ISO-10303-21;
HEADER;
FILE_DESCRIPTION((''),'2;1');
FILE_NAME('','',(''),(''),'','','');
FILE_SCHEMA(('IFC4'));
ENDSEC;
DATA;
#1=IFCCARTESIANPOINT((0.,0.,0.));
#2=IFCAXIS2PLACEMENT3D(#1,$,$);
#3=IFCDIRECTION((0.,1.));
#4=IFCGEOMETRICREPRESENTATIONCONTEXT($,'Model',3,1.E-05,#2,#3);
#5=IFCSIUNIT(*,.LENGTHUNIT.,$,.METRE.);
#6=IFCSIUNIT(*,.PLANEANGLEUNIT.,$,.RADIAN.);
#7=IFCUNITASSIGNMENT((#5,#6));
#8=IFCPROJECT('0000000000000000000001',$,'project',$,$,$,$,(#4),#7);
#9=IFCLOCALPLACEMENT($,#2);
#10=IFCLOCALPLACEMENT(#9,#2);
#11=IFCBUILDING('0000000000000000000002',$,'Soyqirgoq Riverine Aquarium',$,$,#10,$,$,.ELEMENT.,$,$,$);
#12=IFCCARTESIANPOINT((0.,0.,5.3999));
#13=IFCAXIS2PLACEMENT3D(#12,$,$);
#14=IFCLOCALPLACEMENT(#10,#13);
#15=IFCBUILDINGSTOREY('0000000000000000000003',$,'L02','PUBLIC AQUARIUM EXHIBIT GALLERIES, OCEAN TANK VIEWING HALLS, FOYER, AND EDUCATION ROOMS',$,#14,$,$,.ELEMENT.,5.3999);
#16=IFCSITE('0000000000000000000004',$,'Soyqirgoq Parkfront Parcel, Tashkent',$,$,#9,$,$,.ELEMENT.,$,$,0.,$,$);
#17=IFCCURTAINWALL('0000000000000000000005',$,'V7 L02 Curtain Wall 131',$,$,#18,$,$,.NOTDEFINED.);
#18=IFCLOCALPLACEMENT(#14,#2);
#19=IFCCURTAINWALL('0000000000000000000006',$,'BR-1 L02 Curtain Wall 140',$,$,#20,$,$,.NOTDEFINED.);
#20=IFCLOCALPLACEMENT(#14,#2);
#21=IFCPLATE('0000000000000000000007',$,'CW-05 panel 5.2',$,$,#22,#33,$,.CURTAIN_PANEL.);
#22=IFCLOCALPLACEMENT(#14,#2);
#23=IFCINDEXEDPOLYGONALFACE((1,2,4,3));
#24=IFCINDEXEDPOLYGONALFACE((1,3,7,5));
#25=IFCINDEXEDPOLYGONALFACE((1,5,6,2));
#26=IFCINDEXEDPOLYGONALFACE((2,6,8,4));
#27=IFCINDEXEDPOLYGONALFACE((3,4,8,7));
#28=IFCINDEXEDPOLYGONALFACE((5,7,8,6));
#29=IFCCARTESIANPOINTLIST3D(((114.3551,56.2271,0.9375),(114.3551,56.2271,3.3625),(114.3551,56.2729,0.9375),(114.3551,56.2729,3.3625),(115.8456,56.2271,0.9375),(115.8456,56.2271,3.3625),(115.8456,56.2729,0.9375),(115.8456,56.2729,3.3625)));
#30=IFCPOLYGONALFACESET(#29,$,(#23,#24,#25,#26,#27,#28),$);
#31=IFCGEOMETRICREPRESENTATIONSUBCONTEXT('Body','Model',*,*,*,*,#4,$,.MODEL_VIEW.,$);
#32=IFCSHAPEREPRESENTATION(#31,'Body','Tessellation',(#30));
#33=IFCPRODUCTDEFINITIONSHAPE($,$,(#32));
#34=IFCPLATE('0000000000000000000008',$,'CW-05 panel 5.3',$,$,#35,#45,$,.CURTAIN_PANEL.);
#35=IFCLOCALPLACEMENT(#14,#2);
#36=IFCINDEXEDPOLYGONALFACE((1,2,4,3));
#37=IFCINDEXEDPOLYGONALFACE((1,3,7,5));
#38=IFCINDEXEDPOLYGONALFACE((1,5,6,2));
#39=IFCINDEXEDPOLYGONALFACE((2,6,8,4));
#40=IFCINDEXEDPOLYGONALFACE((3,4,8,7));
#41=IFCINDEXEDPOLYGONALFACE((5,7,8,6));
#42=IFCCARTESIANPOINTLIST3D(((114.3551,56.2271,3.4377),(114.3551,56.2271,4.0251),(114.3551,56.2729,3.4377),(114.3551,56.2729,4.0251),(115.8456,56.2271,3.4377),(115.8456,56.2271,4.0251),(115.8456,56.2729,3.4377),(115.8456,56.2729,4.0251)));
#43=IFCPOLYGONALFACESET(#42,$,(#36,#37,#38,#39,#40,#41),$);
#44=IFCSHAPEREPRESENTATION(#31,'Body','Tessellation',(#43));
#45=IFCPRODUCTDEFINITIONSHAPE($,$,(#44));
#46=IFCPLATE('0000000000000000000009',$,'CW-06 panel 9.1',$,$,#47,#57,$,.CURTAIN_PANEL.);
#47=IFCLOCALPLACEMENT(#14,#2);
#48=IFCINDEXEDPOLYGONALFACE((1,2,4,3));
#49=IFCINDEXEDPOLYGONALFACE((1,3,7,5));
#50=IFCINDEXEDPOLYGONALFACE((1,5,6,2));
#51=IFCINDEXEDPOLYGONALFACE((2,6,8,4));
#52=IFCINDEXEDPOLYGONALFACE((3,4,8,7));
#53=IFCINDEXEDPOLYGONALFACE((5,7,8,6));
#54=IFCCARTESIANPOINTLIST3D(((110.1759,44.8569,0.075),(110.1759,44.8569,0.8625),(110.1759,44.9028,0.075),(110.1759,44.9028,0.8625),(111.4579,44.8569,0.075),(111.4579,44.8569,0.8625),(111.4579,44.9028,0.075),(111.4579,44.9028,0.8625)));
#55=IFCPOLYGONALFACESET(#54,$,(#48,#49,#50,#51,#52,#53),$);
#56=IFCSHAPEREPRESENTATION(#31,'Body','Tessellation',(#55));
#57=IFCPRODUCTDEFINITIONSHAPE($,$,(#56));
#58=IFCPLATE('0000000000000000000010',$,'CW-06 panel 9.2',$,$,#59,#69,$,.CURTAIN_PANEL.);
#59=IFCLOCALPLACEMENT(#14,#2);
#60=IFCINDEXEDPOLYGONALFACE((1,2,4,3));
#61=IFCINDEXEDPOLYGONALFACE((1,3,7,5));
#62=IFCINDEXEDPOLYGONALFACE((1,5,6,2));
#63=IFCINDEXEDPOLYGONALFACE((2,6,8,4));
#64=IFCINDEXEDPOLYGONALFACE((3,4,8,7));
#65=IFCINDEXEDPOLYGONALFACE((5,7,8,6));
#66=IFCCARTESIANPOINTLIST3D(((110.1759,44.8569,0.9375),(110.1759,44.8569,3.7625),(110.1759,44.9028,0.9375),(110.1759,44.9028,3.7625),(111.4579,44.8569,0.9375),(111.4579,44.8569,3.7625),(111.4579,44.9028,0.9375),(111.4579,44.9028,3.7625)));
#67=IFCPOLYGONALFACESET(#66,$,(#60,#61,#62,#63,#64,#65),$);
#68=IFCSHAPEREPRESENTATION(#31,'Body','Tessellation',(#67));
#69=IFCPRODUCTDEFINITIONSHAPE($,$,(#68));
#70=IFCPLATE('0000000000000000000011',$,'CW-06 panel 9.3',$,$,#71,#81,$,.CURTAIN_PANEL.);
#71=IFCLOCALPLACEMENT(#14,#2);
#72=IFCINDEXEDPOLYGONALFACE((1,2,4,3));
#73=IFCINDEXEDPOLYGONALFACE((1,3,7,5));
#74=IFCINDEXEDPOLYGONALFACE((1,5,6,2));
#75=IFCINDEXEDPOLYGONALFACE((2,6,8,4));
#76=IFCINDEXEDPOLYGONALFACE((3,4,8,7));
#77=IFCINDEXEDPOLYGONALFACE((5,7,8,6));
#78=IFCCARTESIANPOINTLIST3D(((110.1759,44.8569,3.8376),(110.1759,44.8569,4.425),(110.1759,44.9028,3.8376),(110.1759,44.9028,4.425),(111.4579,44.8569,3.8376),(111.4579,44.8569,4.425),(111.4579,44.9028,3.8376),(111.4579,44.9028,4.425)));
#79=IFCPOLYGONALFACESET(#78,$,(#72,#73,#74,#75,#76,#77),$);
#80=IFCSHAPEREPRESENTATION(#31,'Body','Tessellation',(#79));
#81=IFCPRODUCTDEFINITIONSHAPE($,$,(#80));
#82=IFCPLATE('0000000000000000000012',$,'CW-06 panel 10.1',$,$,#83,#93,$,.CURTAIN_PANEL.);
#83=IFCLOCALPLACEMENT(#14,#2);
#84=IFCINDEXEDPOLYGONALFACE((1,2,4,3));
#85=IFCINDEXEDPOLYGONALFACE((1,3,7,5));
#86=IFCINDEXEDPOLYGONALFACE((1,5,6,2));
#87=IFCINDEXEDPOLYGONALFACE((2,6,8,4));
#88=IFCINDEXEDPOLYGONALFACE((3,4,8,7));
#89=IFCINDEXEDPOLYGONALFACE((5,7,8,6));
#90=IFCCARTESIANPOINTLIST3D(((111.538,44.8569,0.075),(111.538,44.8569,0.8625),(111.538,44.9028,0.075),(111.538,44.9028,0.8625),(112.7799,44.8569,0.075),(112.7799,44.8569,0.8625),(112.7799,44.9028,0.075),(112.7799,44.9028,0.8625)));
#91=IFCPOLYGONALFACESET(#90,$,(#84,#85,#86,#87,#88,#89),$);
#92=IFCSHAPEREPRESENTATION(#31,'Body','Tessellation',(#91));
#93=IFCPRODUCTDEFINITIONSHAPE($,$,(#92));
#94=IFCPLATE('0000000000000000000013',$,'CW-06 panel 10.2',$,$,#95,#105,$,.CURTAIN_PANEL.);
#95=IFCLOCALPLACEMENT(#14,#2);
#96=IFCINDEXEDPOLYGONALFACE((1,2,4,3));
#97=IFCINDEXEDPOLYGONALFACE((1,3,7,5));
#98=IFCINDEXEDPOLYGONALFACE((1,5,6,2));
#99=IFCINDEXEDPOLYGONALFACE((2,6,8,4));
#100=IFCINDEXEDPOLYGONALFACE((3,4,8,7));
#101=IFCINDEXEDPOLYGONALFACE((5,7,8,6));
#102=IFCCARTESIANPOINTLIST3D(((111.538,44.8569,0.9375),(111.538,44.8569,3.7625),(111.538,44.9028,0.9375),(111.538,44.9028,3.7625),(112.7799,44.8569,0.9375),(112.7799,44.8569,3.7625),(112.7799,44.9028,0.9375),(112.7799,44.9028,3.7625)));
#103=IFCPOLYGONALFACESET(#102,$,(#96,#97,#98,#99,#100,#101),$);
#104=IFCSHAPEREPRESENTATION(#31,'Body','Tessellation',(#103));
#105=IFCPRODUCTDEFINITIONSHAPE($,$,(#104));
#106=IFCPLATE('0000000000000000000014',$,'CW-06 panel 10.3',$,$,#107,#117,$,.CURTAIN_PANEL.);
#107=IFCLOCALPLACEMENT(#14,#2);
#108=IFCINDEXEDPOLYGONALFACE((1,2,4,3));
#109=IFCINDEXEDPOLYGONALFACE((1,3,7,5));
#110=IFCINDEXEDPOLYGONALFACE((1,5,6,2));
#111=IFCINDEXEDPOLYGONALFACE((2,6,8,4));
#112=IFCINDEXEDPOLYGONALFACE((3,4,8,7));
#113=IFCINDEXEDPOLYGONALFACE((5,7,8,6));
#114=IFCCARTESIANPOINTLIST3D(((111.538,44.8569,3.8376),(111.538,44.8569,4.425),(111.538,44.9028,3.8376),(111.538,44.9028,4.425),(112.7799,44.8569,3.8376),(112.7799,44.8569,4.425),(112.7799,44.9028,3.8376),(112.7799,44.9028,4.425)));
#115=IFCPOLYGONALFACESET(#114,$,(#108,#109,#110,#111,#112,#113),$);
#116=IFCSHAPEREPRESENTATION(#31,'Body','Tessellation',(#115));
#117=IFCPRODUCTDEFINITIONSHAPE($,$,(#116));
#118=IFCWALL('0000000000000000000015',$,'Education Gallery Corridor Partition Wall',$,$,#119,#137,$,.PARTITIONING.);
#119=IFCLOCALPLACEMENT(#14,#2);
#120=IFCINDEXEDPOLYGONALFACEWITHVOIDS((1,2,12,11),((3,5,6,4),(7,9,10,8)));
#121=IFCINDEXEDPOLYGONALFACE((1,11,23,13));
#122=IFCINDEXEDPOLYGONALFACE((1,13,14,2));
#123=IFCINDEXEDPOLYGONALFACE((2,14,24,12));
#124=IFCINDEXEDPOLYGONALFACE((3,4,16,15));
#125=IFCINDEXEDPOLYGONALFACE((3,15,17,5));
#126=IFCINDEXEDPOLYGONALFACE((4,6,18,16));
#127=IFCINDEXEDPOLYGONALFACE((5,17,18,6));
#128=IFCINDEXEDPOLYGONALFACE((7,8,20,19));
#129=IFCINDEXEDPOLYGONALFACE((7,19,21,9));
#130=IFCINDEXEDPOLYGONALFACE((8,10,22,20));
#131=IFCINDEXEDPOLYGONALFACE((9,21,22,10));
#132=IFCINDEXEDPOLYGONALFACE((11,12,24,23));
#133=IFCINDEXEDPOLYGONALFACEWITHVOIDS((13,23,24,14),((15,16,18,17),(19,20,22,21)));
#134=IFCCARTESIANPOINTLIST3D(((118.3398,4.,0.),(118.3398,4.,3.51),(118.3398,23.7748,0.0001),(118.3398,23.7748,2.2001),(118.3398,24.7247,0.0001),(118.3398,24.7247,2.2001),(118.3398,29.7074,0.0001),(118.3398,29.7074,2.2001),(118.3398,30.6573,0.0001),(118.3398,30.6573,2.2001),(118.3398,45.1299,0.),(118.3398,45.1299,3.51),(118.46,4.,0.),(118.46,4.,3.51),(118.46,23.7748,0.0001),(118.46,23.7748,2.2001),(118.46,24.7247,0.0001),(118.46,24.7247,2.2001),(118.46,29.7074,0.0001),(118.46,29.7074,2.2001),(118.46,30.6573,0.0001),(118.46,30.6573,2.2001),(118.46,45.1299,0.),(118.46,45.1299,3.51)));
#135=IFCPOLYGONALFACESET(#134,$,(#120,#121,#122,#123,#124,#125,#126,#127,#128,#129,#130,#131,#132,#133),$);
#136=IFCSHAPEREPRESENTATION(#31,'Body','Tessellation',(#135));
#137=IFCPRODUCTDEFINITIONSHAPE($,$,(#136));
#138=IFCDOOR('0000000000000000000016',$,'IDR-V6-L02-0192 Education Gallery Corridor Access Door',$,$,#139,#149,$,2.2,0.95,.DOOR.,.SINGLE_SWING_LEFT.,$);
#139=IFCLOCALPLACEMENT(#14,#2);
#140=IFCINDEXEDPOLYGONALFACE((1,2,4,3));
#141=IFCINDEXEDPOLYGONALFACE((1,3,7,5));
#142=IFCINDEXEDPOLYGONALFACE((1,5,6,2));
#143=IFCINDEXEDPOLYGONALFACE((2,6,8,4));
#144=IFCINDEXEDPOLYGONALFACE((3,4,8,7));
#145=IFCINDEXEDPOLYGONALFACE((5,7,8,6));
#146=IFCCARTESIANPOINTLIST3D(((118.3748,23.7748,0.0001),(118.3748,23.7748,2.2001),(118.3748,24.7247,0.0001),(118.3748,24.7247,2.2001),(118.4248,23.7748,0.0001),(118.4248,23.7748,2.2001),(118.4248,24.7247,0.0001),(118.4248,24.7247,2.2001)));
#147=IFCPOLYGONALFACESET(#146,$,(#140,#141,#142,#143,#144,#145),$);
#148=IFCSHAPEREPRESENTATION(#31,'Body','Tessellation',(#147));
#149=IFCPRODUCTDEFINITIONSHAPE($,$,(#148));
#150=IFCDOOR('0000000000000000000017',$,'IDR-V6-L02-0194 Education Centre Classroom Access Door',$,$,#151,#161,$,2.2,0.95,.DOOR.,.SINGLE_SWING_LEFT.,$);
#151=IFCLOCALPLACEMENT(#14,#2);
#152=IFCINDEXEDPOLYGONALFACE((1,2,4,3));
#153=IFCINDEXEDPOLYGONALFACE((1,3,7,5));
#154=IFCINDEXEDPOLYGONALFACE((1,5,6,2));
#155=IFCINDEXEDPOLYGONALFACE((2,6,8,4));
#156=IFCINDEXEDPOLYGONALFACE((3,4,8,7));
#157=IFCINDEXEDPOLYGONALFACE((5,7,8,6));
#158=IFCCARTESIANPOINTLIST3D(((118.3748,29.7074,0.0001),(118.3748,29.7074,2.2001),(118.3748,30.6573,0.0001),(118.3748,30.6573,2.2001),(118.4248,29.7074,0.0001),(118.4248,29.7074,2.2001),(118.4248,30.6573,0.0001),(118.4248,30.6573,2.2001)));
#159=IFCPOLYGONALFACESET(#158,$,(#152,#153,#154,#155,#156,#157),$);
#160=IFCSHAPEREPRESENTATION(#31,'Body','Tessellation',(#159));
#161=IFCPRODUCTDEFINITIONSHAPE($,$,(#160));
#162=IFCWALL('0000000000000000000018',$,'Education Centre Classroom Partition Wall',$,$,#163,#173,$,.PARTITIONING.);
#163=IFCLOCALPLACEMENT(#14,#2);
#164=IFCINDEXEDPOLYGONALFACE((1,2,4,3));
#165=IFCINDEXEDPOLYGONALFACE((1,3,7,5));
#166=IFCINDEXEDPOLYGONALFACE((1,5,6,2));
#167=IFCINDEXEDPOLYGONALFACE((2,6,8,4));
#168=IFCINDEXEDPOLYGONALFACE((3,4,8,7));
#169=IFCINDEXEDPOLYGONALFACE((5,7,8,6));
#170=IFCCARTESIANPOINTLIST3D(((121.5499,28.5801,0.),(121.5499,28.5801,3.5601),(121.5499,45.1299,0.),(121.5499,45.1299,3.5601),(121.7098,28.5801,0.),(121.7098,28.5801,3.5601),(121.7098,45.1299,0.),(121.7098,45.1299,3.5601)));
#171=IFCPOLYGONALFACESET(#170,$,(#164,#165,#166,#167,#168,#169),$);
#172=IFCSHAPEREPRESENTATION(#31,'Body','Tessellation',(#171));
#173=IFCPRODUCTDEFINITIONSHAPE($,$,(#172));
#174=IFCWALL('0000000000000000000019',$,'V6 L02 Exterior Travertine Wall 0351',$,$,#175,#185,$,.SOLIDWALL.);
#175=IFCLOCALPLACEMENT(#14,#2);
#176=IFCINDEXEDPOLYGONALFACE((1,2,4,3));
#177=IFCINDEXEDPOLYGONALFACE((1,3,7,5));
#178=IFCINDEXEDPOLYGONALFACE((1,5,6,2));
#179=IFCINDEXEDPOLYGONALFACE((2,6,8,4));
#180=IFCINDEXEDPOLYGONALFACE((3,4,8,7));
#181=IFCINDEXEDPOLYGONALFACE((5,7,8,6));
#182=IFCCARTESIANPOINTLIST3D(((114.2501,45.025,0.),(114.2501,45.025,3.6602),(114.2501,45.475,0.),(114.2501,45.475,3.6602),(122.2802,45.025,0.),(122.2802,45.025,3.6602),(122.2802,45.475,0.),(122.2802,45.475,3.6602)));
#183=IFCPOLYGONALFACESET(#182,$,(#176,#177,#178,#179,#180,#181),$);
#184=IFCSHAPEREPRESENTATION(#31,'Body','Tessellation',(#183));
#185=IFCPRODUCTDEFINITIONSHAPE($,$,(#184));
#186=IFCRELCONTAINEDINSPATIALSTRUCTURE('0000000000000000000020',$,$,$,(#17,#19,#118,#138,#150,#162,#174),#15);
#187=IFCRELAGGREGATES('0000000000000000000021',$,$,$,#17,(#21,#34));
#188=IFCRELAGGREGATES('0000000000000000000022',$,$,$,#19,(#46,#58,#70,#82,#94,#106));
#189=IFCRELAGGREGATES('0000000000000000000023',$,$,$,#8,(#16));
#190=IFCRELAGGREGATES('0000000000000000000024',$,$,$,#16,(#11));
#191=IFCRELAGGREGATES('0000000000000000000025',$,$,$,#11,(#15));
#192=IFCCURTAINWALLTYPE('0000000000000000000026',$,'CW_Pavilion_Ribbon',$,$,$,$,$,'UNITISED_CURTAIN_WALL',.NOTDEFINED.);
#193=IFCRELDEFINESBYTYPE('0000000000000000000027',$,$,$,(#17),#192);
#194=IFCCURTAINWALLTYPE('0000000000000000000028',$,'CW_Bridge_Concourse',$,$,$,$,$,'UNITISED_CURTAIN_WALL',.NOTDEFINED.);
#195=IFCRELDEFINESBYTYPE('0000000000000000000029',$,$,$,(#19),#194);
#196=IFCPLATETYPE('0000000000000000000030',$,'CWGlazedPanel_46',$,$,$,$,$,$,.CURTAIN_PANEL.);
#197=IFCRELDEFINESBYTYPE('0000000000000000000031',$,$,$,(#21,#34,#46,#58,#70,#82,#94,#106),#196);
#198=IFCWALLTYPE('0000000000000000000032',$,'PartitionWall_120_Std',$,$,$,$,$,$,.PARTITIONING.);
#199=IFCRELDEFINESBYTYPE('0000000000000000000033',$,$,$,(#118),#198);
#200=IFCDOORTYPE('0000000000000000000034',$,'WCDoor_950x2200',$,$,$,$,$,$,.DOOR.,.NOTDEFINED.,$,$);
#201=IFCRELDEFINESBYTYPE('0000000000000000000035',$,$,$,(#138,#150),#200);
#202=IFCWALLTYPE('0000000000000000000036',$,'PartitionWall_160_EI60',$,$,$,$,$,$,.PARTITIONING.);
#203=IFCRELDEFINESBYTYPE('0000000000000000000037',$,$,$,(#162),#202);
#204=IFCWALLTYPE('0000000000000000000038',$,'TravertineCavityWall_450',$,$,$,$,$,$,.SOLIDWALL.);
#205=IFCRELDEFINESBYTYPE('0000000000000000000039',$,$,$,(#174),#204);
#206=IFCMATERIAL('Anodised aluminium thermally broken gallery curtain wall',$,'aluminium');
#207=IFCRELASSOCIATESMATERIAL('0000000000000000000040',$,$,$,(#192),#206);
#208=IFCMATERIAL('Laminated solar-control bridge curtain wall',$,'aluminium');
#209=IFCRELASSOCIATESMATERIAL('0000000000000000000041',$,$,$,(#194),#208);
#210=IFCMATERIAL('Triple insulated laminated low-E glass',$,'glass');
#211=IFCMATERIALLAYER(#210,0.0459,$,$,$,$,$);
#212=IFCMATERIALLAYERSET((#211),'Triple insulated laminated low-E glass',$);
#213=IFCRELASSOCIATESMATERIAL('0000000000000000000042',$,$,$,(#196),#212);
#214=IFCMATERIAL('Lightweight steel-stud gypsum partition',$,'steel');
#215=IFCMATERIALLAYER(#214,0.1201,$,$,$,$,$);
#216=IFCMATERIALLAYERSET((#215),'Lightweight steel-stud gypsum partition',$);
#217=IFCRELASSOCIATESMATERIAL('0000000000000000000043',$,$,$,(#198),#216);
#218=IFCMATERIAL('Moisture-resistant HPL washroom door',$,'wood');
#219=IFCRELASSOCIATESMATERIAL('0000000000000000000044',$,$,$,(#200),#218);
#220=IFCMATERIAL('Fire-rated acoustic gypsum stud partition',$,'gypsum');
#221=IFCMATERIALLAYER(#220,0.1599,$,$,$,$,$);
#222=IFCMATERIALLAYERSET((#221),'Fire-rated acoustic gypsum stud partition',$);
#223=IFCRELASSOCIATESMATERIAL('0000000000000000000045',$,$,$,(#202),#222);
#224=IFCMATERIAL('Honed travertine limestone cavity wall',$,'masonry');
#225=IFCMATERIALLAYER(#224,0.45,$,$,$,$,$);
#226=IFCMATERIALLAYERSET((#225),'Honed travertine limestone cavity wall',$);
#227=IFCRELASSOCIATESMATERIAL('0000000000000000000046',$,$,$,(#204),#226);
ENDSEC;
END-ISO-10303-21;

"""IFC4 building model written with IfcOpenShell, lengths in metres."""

from ifc_helpers import new_model, si_unit, direction, frame, frame_2d, origin, origin_2d, place, context, subcontext, project, spatial, rectangle, extrude, material, layer, layer_set, type_object, element, fill, aggregate, save


model = new_model("IFC4")

# Units and contexts
model_context = context("Model", 3, precision=1e-05, world=origin(), true_north=direction((0.0, 1.0)))
body_context = subcontext(model_context, "Body", "Model", "MODEL_VIEW")
ifc_project = project(units=[si_unit("LENGTHUNIT", "METRE"), si_unit("PLANEANGLEUNIT", "RADIAN")], contexts=[model_context])

# Site, building, storey
site_placement = place(None, origin())
site = spatial("IfcSite", under=ifc_project, at=site_placement, Name="Soyqirgoq Parkfront Parcel, Tashkent", CompositionType="ELEMENT", RefElevation=0.0)
building_placement = place(site_placement, origin())
building = spatial("IfcBuilding", under=site, at=building_placement, Name="Soyqirgoq Riverine Aquarium", CompositionType="ELEMENT")
storey_placement = place(building_placement, frame((0.0, 0.0, 5.3999)))
storey = spatial("IfcBuildingStorey", under=building, at=storey_placement, Name="L02", Description="PUBLIC AQUARIUM EXHIBIT GALLERIES, OCEAN TANK VIEWING HALLS, FOYER, AND EDUCATION ROOMS", CompositionType="ELEMENT", Elevation=5.3999)

# Curtain wall
ifc_material_1 = material(Name="Anodised aluminium thermally broken gallery curtain wall", Category="aluminium")
curtain_wall_type_1 = type_object("IfcCurtainWallType", Name="CW_Pavilion_Ribbon", ElementType="UNITISED_CURTAIN_WALL", PredefinedType="NOTDEFINED", material=ifc_material_1)
curtain_wall_1_placement = place(storey_placement, origin())
curtain_wall_1 = element("IfcCurtainWall", 1, at=curtain_wall_1_placement, inside=storey, type_object=curtain_wall_type_1, Name="V7 L02 Curtain Wall 131", PredefinedType="NOTDEFINED")

# Curtain wall
ifc_material_2 = material(Name="Laminated solar-control bridge curtain wall", Category="aluminium")
curtain_wall_type_2 = type_object("IfcCurtainWallType", Name="CW_Bridge_Concourse", ElementType="UNITISED_CURTAIN_WALL", PredefinedType="NOTDEFINED", material=ifc_material_2)
curtain_wall_2_placement = place(storey_placement, origin())
curtain_wall_2 = element("IfcCurtainWall", 2, at=curtain_wall_2_placement, inside=storey, type_object=curtain_wall_type_2, Name="BR-1 L02 Curtain Wall 140", PredefinedType="NOTDEFINED")

# Plates
ifc_material_3 = material(Name="Triple insulated laminated low-E glass", Category="glass")
ifc_layer_1 = layer(ifc_material_3, 0.0459)
ifc_layer_set_1 = layer_set([ifc_layer_1], Name="Triple insulated laminated low-E glass")
plate_type = type_object("IfcPlateType", Name="CWGlazedPanel_46", PredefinedType="CURTAIN_PANEL", material=ifc_layer_set_1)
plate_1_placement = place(storey_placement, frame((115.1003, 56.25, 0.9375), z_axis=(0.0, 0.0, 1.0), x_axis=(-1.0, 0.0, 0.0)))
plate_1 = element("IfcPlate", 3, at=plate_1_placement, type_object=plate_type, Name="CW-05 panel 5.2", PredefinedType="CURTAIN_PANEL", context=body_context, shape_type="SweptSolid", body=[
    extrude(rectangle(XDim=1.4905, YDim=0.0459, at=origin_2d()), origin(), (0.0, 0.0, 1.0), 2.425),
])
plate_2_placement = place(storey_placement, frame((115.1003, 56.25, 3.4377), z_axis=(0.0, 0.0, 1.0), x_axis=(-1.0, 0.0, 0.0)))
plate_2 = element("IfcPlate", 4, at=plate_2_placement, type_object=plate_type, Name="CW-05 panel 5.3", PredefinedType="CURTAIN_PANEL", context=body_context, shape_type="SweptSolid", body=[
    extrude(rectangle(XDim=1.4905, YDim=0.0459, at=origin_2d()), origin(), (0.0, 0.0, 1.0), 0.5874),
])
aggregate(curtain_wall_1, [plate_1, plate_2])
plate_3_placement = place(storey_placement, frame((110.8169, 44.8799, 0.075), z_axis=(0.0, 0.0, 1.0), x_axis=(1.0, 0.0, 0.0)))
plate_3 = element("IfcPlate", 5, at=plate_3_placement, type_object=plate_type, Name="CW-06 panel 9.1", PredefinedType="CURTAIN_PANEL", context=body_context, shape_type="SweptSolid", body=[
    extrude(rectangle(XDim=1.282, YDim=0.0459, at=origin_2d()), origin(), (0.0, 0.0, 1.0), 0.7876),
])
plate_4_placement = place(storey_placement, frame((110.8169, 44.8799, 0.9375), z_axis=(0.0, 0.0, 1.0), x_axis=(1.0, 0.0, 0.0)))
plate_4 = element("IfcPlate", 6, at=plate_4_placement, type_object=plate_type, Name="CW-06 panel 9.2", PredefinedType="CURTAIN_PANEL", context=body_context, shape_type="SweptSolid", body=[
    extrude(rectangle(XDim=1.282, YDim=0.0459, at=origin_2d()), origin(), (0.0, 0.0, 1.0), 2.825),
])
plate_5_placement = place(storey_placement, frame((110.8169, 44.8799, 3.8376), z_axis=(0.0, 0.0, 1.0), x_axis=(1.0, 0.0, 0.0)))
plate_5 = element("IfcPlate", 7, at=plate_5_placement, type_object=plate_type, Name="CW-06 panel 9.3", PredefinedType="CURTAIN_PANEL", context=body_context, shape_type="SweptSolid", body=[
    extrude(rectangle(XDim=1.282, YDim=0.0459, at=origin_2d()), origin(), (0.0, 0.0, 1.0), 0.5874),
])
plate_6_placement = place(storey_placement, frame((112.1589, 44.8799, 0.075), z_axis=(0.0, 0.0, 1.0), x_axis=(1.0, 0.0, 0.0)))
plate_6 = element("IfcPlate", 8, at=plate_6_placement, type_object=plate_type, Name="CW-06 panel 10.1", PredefinedType="CURTAIN_PANEL", context=body_context, shape_type="SweptSolid", body=[
    extrude(rectangle(XDim=1.2419, YDim=0.0459, at=origin_2d()), origin(), (0.0, 0.0, 1.0), 0.7876),
])
plate_7_placement = place(storey_placement, frame((112.1589, 44.8799, 0.9375), z_axis=(0.0, 0.0, 1.0), x_axis=(1.0, 0.0, 0.0)))
plate_7 = element("IfcPlate", 9, at=plate_7_placement, type_object=plate_type, Name="CW-06 panel 10.2", PredefinedType="CURTAIN_PANEL", context=body_context, shape_type="SweptSolid", body=[
    extrude(rectangle(XDim=1.2419, YDim=0.0459, at=origin_2d()), origin(), (0.0, 0.0, 1.0), 2.825),
])
plate_8_placement = place(storey_placement, frame((112.1589, 44.8799, 3.8376), z_axis=(0.0, 0.0, 1.0), x_axis=(1.0, 0.0, 0.0)))
plate_8 = element("IfcPlate", 10, at=plate_8_placement, type_object=plate_type, Name="CW-06 panel 10.3", PredefinedType="CURTAIN_PANEL", context=body_context, shape_type="SweptSolid", body=[
    extrude(rectangle(XDim=1.2419, YDim=0.0459, at=origin_2d()), origin(), (0.0, 0.0, 1.0), 0.5874),
])
aggregate(curtain_wall_2, [plate_3, plate_4, plate_5, plate_6, plate_7, plate_8])

# Wall, openings, doors
ifc_material_4 = material(Name="Lightweight steel-stud gypsum partition", Category="steel")
ifc_layer_2 = layer(ifc_material_4, 0.1201)
ifc_layer_set_2 = layer_set([ifc_layer_2], Name="Lightweight steel-stud gypsum partition")
wall_type_1 = type_object("IfcWallType", Name="PartitionWall_120_Std", PredefinedType="PARTITIONING", material=ifc_layer_set_2)
wall_1_placement = place(storey_placement, frame((118.3999, 45.1299, 0.0), z_axis=(0.0, 0.0, 1.0), x_axis=(0.0, -1.0, 0.0)))
wall_1 = element("IfcWall", 11, at=wall_1_placement, inside=storey, type_object=wall_type_1, Name="Education Gallery Corridor Partition Wall", PredefinedType="PARTITIONING", context=body_context, shape_type="SweptSolid", body=[
    extrude(rectangle(XDim=41.1299, YDim=0.1201, at=frame_2d((20.5649, 0.0))), origin(), (0.0, 0.0, 1.0), 3.51),
])
opening_1_placement = place(wall_1_placement, frame((20.405, 0.0, 0.0)))
opening_1 = element("IfcOpeningElement", 12, at=opening_1_placement, cuts=wall_1, PredefinedType="OPENING", context=body_context, shape_type="SweptSolid", body=[
    extrude(rectangle(XDim=0.95, YDim=2.2, at=frame_2d((0.4751, 1.1001))), frame((0.0, 0.0701, 0.0), z_axis=(0.0, -1.0, 0.0), x_axis=(1.0, 0.0, 0.0)), (0.0, 0.0, 1.0), 0.1401),
])
opening_2_placement = place(wall_1_placement, frame((14.4724, 0.0, 0.0)))
opening_2 = element("IfcOpeningElement", 13, at=opening_2_placement, cuts=wall_1, PredefinedType="OPENING", context=body_context, shape_type="SweptSolid", body=[
    extrude(rectangle(XDim=0.95, YDim=2.2, at=frame_2d((0.4751, 1.1001))), frame((0.0, 0.0701, 0.0), z_axis=(0.0, -1.0, 0.0), x_axis=(1.0, 0.0, 0.0)), (0.0, 0.0, 1.0), 0.1401),
])
ifc_material_5 = material(Name="Moisture-resistant HPL washroom door", Category="wood")
door_type = type_object("IfcDoorType", Name="WCDoor_950x2200", OperationType="NOTDEFINED", PredefinedType="DOOR", material=ifc_material_5)
door_1_placement = place(opening_1_placement, origin())
door_1 = element("IfcDoor", 14, at=door_1_placement, inside=storey, type_object=door_type, Name="IDR-V6-L02-0192 Education Gallery Corridor Access Door", OperationType="SINGLE_SWING_LEFT", OverallHeight=2.2, OverallWidth=0.95, PredefinedType="DOOR", context=body_context, shape_type="SweptSolid", body=[
    extrude(rectangle(XDim=0.95, YDim=2.2, at=frame_2d((0.4751, 1.1001))), frame((0.0, 0.0249, 0.0), z_axis=(0.0, -1.0, 0.0), x_axis=(1.0, 0.0, 0.0)), (0.0, 0.0, 1.0), 0.05),
])
fill(opening_1, door_1)
door_2_placement = place(opening_2_placement, origin())
door_2 = element("IfcDoor", 15, at=door_2_placement, inside=storey, type_object=door_type, Name="IDR-V6-L02-0194 Education Centre Classroom Access Door", OperationType="SINGLE_SWING_LEFT", OverallHeight=2.2, OverallWidth=0.95, PredefinedType="DOOR", context=body_context, shape_type="SweptSolid", body=[
    extrude(rectangle(XDim=0.95, YDim=2.2, at=frame_2d((0.4751, 1.1001))), frame((0.0, 0.0249, 0.0), z_axis=(0.0, -1.0, 0.0), x_axis=(1.0, 0.0, 0.0)), (0.0, 0.0, 1.0), 0.05),
])
fill(opening_2, door_2)

# Walls
ifc_material_6 = material(Name="Fire-rated acoustic gypsum stud partition", Category="gypsum")
ifc_layer_3 = layer(ifc_material_6, 0.1599)
ifc_layer_set_3 = layer_set([ifc_layer_3], Name="Fire-rated acoustic gypsum stud partition")
wall_type_2 = type_object("IfcWallType", Name="PartitionWall_160_EI60", PredefinedType="PARTITIONING", material=ifc_layer_set_3)
wall_2_placement = place(storey_placement, frame((121.6299, 45.1299, 0.0), z_axis=(0.0, 0.0, 1.0), x_axis=(0.0, -1.0, 0.0)))
element("IfcWall", 16, at=wall_2_placement, inside=storey, type_object=wall_type_2, Name="Education Centre Classroom Partition Wall", PredefinedType="PARTITIONING", context=body_context, shape_type="SweptSolid", body=[
    extrude(rectangle(XDim=16.5498, YDim=0.1599, at=frame_2d((8.2749, 0.0))), origin(), (0.0, 0.0, 1.0), 3.5601),
])
ifc_material_7 = material(Name="Honed travertine limestone cavity wall", Category="masonry")
ifc_layer_4 = layer(ifc_material_7, 0.45)
ifc_layer_set_4 = layer_set([ifc_layer_4], Name="Honed travertine limestone cavity wall")
wall_type_3 = type_object("IfcWallType", Name="TravertineCavityWall_450", PredefinedType="SOLIDWALL", material=ifc_layer_set_4)
wall_3_placement = place(storey_placement, frame((114.25, 45.25, 0.0), z_axis=(0.0, 0.0, 1.0), x_axis=(1.0, 0.0, 0.0)))
element("IfcWall", 17, at=wall_3_placement, inside=storey, type_object=wall_type_3, Name="V6 L02 Exterior Travertine Wall 0351", PredefinedType="SOLIDWALL", context=body_context, shape_type="SweptSolid", body=[
    extrude(rectangle(XDim=8.03, YDim=0.45, at=frame_2d((4.0151, 0.0))), origin(), (0.0, 0.0, 1.0), 3.6602),
])

save(model, "model.ifc")
